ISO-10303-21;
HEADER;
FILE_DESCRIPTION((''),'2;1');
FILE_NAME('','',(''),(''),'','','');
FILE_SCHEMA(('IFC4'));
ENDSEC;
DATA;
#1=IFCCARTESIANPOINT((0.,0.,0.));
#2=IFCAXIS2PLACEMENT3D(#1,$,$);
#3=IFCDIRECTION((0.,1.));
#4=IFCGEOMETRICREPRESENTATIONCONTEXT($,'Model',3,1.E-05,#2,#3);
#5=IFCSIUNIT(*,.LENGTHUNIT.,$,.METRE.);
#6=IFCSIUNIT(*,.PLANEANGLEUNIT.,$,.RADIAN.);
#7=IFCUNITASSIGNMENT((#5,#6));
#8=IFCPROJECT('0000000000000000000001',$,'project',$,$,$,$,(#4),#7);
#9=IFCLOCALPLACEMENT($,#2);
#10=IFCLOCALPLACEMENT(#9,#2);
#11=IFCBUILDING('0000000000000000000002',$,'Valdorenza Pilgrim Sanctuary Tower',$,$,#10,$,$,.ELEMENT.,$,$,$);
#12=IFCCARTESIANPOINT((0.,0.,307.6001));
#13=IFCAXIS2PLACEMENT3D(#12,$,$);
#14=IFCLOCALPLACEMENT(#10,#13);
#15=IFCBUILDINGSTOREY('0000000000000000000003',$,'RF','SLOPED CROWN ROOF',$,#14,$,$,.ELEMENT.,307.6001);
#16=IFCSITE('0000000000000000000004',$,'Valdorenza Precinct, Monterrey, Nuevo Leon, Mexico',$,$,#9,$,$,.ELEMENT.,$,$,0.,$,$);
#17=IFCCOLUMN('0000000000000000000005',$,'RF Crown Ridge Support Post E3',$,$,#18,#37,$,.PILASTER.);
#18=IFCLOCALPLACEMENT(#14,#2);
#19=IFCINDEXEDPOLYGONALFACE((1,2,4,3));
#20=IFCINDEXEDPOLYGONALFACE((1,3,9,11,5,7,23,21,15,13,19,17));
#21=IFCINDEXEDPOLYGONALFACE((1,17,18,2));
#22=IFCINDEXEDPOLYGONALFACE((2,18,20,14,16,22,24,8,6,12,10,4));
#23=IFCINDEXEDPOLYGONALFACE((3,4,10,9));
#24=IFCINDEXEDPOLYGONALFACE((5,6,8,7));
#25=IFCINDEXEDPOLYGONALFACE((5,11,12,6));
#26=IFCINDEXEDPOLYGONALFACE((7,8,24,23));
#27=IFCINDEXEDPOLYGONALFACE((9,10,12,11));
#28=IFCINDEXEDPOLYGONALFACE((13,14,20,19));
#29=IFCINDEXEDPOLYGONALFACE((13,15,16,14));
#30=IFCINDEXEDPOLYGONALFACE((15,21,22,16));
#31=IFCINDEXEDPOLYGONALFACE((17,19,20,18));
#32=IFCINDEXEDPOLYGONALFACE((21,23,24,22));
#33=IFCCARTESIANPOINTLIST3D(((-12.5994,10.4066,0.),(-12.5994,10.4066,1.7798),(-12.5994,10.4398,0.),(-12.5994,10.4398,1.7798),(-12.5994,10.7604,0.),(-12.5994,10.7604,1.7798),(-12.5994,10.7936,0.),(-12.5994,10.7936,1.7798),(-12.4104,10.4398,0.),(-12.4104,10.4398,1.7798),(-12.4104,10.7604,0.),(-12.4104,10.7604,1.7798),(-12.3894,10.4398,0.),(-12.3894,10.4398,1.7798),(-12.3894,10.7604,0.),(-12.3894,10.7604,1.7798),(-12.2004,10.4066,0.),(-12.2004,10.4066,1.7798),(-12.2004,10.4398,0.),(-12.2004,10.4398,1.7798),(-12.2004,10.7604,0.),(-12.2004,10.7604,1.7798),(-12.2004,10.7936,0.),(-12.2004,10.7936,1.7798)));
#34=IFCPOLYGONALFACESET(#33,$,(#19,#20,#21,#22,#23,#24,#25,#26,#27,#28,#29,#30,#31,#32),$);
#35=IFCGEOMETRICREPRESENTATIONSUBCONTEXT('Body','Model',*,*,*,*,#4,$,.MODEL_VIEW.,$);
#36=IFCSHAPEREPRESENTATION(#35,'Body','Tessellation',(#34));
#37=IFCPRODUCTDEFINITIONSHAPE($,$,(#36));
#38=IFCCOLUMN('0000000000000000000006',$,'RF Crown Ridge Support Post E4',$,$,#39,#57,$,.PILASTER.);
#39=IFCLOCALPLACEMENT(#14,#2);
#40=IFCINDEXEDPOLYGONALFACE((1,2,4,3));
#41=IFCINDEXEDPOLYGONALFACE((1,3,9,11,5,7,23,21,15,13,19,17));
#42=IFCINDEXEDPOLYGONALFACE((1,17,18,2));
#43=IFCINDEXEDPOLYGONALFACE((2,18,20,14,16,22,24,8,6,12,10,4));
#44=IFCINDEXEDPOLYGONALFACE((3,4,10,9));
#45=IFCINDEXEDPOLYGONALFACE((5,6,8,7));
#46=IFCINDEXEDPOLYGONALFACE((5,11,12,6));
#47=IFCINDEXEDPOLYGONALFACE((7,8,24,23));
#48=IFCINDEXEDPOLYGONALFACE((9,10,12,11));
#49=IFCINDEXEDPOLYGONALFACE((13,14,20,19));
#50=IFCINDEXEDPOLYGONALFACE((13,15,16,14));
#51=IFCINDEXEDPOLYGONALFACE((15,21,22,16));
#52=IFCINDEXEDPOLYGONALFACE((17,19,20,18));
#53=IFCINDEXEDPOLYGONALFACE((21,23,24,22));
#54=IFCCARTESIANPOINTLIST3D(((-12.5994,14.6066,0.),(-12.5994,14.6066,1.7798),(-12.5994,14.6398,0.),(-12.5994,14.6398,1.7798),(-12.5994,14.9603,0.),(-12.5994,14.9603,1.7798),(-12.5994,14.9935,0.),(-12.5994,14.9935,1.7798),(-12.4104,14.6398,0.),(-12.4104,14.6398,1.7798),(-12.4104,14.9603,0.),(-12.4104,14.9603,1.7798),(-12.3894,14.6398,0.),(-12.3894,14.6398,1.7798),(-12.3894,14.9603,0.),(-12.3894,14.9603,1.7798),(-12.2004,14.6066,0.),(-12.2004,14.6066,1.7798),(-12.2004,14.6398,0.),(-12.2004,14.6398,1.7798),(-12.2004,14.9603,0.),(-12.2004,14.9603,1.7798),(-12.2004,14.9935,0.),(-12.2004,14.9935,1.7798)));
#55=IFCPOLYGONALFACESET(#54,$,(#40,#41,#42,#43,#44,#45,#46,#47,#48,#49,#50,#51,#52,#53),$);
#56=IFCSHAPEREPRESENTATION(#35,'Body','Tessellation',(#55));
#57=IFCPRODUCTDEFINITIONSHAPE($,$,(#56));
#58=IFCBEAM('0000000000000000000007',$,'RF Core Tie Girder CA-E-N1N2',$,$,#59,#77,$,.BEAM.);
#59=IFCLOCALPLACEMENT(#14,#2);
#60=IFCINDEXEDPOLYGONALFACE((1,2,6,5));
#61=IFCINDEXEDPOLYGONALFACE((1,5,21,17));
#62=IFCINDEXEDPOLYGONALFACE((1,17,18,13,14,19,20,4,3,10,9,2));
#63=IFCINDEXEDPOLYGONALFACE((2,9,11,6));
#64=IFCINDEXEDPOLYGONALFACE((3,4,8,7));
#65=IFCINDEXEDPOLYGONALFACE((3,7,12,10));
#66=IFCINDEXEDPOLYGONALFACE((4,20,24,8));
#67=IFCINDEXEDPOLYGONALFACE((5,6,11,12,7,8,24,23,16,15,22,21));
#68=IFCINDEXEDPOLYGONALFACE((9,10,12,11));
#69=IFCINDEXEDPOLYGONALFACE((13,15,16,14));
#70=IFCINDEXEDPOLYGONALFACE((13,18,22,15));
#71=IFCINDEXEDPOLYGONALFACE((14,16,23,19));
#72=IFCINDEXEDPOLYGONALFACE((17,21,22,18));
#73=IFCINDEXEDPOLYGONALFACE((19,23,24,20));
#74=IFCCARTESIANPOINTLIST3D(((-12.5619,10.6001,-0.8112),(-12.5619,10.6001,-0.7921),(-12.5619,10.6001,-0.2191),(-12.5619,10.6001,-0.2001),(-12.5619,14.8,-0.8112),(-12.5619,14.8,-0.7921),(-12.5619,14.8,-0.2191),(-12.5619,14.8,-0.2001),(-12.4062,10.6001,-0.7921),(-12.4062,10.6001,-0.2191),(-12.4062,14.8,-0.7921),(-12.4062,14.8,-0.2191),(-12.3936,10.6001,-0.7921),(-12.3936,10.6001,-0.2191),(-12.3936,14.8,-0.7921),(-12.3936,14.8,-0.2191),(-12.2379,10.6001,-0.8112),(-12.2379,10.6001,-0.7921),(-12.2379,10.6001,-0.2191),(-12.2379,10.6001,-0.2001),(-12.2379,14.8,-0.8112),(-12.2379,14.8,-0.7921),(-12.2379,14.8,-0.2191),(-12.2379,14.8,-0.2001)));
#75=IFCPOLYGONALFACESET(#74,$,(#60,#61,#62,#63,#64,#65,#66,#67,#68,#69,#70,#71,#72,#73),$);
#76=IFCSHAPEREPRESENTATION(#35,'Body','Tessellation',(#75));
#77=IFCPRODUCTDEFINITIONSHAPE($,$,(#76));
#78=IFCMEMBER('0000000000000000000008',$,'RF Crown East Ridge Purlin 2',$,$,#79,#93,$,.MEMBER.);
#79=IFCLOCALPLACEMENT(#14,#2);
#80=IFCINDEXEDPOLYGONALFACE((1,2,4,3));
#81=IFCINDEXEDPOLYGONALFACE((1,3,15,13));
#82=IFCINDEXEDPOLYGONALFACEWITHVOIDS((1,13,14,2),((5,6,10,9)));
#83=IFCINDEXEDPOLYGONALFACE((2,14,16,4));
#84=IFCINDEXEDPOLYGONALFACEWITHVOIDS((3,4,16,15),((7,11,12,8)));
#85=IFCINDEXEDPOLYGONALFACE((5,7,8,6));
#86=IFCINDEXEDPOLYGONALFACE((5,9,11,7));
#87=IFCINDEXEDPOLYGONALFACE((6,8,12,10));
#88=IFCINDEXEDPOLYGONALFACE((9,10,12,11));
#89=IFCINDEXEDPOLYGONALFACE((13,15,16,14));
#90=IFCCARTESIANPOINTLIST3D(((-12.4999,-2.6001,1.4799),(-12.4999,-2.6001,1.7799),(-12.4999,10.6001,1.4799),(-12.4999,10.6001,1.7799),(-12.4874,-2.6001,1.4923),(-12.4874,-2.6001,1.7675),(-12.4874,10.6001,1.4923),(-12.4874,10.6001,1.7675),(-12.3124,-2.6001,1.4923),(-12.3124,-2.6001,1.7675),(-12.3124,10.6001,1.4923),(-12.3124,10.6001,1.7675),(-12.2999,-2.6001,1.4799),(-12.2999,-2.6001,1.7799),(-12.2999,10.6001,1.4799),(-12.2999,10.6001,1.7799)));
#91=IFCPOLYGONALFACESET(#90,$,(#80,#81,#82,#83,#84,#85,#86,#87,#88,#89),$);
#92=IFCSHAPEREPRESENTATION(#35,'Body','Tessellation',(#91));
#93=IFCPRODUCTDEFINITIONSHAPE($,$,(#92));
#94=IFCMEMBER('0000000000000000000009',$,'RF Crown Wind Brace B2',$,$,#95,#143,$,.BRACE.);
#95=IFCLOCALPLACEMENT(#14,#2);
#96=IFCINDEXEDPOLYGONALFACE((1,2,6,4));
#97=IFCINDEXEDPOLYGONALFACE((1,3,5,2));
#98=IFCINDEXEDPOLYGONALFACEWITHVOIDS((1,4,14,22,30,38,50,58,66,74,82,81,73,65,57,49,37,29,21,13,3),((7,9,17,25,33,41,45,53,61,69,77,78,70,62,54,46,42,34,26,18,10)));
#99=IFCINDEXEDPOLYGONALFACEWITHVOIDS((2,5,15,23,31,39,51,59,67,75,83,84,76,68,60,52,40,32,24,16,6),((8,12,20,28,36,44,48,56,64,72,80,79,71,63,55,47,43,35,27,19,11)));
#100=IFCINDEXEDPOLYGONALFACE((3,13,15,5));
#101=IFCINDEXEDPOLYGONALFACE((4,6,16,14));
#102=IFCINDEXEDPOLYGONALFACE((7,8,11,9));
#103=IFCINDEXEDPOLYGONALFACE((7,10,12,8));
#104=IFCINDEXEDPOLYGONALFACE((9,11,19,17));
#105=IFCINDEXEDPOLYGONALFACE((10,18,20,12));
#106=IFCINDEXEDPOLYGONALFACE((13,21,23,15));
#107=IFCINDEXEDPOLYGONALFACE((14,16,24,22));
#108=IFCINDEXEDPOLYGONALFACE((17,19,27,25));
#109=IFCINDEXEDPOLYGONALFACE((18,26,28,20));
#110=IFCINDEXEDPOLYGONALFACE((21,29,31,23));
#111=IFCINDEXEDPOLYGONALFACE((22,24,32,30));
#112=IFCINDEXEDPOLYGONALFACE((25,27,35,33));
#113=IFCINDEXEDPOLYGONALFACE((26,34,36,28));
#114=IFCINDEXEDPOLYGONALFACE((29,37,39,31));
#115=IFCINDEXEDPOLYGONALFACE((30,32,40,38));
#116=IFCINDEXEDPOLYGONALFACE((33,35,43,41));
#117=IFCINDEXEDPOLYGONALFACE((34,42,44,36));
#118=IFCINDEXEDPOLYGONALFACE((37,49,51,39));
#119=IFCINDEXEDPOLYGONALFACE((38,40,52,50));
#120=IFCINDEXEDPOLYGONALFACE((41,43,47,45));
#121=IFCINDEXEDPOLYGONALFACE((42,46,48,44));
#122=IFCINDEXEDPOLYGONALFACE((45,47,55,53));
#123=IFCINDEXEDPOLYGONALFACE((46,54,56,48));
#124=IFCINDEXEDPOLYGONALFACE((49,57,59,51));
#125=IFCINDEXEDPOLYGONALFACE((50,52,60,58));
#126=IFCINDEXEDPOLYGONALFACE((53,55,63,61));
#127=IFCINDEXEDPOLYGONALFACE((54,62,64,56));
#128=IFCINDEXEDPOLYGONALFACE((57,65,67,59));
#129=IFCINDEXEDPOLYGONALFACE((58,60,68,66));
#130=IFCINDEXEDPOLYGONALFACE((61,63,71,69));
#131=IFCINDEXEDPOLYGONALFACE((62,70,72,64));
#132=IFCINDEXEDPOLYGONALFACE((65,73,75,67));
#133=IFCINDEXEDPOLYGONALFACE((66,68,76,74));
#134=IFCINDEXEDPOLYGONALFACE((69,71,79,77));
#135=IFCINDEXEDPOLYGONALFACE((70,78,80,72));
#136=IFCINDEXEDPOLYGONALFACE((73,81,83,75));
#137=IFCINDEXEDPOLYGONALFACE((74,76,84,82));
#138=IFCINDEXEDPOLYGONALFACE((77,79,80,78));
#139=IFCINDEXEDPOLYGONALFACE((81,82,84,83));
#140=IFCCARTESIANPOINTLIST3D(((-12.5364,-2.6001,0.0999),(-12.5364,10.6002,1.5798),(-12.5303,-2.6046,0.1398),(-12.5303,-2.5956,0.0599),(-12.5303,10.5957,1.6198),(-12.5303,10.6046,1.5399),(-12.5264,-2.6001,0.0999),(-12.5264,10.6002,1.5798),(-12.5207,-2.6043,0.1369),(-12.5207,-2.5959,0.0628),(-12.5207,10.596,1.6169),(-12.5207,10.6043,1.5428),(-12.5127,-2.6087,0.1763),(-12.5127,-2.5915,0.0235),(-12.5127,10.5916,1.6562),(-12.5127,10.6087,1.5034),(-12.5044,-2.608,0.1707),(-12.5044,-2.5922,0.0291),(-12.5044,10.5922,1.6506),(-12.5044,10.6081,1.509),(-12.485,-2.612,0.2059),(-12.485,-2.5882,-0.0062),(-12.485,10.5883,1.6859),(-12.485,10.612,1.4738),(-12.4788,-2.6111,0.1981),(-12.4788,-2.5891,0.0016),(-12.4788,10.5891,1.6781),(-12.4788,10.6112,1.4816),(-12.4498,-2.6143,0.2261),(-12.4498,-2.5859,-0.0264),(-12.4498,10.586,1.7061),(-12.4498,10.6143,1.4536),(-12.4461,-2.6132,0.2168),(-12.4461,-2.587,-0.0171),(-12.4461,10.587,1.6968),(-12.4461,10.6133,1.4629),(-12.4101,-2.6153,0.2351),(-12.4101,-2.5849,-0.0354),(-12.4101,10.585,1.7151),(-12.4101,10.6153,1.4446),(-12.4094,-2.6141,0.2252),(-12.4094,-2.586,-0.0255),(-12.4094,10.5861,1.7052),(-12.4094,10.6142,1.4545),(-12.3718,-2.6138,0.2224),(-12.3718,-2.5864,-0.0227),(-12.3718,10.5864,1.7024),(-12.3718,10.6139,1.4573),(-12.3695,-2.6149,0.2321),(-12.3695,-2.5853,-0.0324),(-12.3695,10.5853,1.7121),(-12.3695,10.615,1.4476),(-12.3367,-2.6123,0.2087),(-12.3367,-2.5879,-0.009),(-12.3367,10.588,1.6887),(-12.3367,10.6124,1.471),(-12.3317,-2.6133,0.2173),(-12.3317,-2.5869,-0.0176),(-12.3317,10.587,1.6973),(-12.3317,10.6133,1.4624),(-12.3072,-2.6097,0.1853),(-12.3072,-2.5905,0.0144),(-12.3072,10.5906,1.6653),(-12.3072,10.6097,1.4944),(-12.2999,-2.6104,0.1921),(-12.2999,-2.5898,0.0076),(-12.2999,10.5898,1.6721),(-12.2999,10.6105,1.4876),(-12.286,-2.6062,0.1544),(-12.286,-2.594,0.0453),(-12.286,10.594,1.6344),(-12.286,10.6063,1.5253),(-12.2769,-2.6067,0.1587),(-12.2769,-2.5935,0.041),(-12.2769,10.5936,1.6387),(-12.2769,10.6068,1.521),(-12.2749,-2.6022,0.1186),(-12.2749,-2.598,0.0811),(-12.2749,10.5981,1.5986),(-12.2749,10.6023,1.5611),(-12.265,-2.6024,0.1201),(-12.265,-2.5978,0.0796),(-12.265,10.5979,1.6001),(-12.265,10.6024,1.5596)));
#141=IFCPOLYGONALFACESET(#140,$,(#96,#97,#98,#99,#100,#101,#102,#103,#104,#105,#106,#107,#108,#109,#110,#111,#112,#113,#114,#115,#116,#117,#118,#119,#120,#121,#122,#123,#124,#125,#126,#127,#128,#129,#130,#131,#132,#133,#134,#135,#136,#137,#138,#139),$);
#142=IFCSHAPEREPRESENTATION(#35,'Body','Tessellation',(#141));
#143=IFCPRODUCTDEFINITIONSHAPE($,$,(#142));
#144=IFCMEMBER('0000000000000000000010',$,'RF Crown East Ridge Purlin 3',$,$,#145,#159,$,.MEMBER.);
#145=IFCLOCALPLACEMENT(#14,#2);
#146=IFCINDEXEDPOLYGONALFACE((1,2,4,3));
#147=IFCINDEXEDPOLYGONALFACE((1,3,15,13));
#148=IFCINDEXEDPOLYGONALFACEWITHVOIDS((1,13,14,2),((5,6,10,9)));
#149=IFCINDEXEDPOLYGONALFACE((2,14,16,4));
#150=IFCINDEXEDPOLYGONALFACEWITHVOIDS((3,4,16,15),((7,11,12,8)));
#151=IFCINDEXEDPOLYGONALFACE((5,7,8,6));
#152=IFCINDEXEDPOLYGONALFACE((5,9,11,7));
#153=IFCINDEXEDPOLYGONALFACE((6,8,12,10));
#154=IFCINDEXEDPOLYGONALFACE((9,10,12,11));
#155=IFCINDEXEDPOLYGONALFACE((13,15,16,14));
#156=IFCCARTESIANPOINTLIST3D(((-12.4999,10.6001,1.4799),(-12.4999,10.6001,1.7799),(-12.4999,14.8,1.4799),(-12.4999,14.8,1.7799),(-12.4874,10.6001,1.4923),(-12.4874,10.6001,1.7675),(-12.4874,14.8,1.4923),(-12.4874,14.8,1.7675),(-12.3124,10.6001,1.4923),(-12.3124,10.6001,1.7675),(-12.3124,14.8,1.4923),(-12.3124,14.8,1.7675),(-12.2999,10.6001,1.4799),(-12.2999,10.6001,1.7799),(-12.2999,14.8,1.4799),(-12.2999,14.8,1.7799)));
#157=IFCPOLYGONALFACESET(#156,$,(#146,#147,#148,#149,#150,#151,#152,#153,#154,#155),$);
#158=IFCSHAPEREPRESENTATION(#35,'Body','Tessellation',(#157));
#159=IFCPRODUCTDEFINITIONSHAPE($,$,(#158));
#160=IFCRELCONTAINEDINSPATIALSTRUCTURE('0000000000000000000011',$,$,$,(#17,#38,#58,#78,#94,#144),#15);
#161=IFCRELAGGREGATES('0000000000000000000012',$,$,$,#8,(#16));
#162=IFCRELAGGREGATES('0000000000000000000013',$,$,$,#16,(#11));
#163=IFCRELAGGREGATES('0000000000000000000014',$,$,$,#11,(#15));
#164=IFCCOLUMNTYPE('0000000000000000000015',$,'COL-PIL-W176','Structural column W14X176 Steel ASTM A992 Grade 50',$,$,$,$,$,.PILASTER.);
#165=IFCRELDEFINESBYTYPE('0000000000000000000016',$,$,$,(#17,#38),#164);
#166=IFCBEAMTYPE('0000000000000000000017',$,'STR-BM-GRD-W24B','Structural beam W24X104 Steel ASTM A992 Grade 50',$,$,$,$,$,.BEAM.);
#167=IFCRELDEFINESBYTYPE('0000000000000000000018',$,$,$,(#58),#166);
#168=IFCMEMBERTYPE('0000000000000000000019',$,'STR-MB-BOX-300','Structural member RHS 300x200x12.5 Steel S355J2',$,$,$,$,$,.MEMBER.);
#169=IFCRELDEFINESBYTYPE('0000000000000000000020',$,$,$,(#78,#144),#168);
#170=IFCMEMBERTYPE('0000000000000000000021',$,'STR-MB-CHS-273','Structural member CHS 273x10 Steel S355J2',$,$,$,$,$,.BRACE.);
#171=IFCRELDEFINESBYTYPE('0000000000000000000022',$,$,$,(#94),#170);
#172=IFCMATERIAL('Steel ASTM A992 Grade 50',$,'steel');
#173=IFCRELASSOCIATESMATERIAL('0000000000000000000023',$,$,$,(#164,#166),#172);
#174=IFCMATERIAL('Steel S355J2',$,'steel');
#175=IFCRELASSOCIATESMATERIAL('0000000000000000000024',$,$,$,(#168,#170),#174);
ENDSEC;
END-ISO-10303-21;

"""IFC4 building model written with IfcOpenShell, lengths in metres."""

from ifc_helpers import new_model, si_unit, direction, frame, origin, origin_2d, place, context, subcontext, project, spatial, hollow_rectangle, hollow_circle, i_section, extrude, source, transform, mapped, material, material_profile, profile_set, type_object, element, save


model = new_model("IFC4")

# Units and contexts
model_context = context("Model", 3, precision=1e-05, world=origin(), true_north=direction((0.0, 1.0)))
body_context = subcontext(model_context, "Body", "Model", "MODEL_VIEW")
ifc_project = project(units=[si_unit("LENGTHUNIT", "METRE"), si_unit("PLANEANGLEUNIT", "RADIAN")], contexts=[model_context])

# Site, building, storey
site_placement = place(None, origin())
site = spatial("IfcSite", under=ifc_project, at=site_placement, Name="Valdorenza Precinct, Monterrey, Nuevo Leon, Mexico", CompositionType="ELEMENT", RefElevation=0.0)
building_placement = place(site_placement, origin())
building = spatial("IfcBuilding", under=site, at=building_placement, Name="Valdorenza Pilgrim Sanctuary Tower", CompositionType="ELEMENT")
storey_placement = place(building_placement, frame((0.0, 0.0, 307.6001)))
storey = spatial("IfcBuildingStorey", under=building, at=storey_placement, Name="RF", Description="SLOPED CROWN ROOF", CompositionType="ELEMENT", Elevation=307.6001)

# Columns
ifc_material_1 = material(Name="Steel ASTM A992 Grade 50", Category="steel")
ifc_material_profile_1 = material_profile(ifc_material_1, i_section(OverallWidth=0.3989, OverallDepth=0.387, WebThickness=0.021, FlangeThickness=0.0332, at=origin_2d()), Name="W14X176")
ifc_profile_set_1 = profile_set([ifc_material_profile_1], Name="Steel ASTM A992 Grade 50")
column_type = type_object("IfcColumnType", Name="COL-PIL-W176", Description="Structural column W14X176 Steel ASTM A992 Grade 50", PredefinedType="PILASTER", material=ifc_profile_set_1)
shared_shape_1 = source(origin(), body_context, "Body", "SweptSolid", [
    extrude(i_section(OverallWidth=0.3989, OverallDepth=0.387, WebThickness=0.021, FlangeThickness=0.0332, at=origin_2d()), origin(), (0.0, 0.0, 1.0), 1.7798),
])
for number, where, z_axis, x_axis, name in (
    (1, (-12.3999, 10.6001, 0.0), (0.0, 0.0, 1.0), (1.0, 0.0, 0.0), "RF Crown Ridge Support Post E3"),
    (2, (-12.3999, 14.8, 0.0), (0.0, 0.0, 1.0), (1.0, 0.0, 0.0), "RF Crown Ridge Support Post E4"),
):
    element("IfcColumn", number, at=place(storey_placement, frame(where, z_axis=z_axis, x_axis=x_axis)), inside=storey, type_object=column_type, Name=name, PredefinedType="PILASTER", context=body_context, shape_type="MappedRepresentation", body=[
        mapped(shared_shape_1, transform((0.0, 0.0, 0.0), x_axis=(1.0, 0.0, 0.0), y_axis=(0.0, 1.0, 0.0), z_axis=(0.0, 0.0, 1.0), scale=1.0)),
    ])

# Beam
ifc_material_profile_2 = material_profile(ifc_material_1, i_section(OverallWidth=0.324, OverallDepth=0.6111, WebThickness=0.0127, FlangeThickness=0.019, at=origin_2d()), Name="W24X104")
ifc_profile_set_2 = profile_set([ifc_material_profile_2], Name="Steel ASTM A992 Grade 50")
beam_type = type_object("IfcBeamType", Name="STR-BM-GRD-W24B", Description="Structural beam W24X104 Steel ASTM A992 Grade 50", PredefinedType="BEAM", material=ifc_profile_set_2)
shared_shape_2 = source(origin(), body_context, "Body", "SweptSolid", [
    extrude(i_section(OverallWidth=0.324, OverallDepth=0.6111, WebThickness=0.0127, FlangeThickness=0.019, at=origin_2d()), origin(), (0.0, 0.0, 1.0), 4.2),
])
beam_placement = place(storey_placement, frame((-12.3999, 10.6001, -0.5056), z_axis=(0.0, 1.0, 0.0), x_axis=(-1.0, 0.0, 0.0)))
element("IfcBeam", 3, at=beam_placement, inside=storey, type_object=beam_type, Name="RF Core Tie Girder CA-E-N1N2", PredefinedType="BEAM", context=body_context, shape_type="MappedRepresentation", body=[
    mapped(shared_shape_2, transform((0.0, 0.0, 0.0), x_axis=(1.0, 0.0, 0.0), y_axis=(0.0, 1.0, 0.0), z_axis=(0.0, 0.0, 1.0), scale=1.0)),
])

# Members
ifc_material_2 = material(Name="Steel S355J2", Category="steel")
ifc_material_profile_3 = material_profile(ifc_material_2, hollow_rectangle(XDim=0.2, YDim=0.3, WallThickness=0.0125, at=origin_2d()), Name="RHS 300x200x12.5")
ifc_profile_set_3 = profile_set([ifc_material_profile_3], Name="Steel S355J2")
member_type_1 = type_object("IfcMemberType", Name="STR-MB-BOX-300", Description="Structural member RHS 300x200x12.5 Steel S355J2", PredefinedType="MEMBER", material=ifc_profile_set_3)
shared_shape_3 = source(origin(), body_context, "Body", "SweptSolid", [
    extrude(hollow_rectangle(XDim=0.2, YDim=0.3, WallThickness=0.0125, at=origin_2d()), origin(), (0.0, 0.0, 1.0), 13.2002),
])
member_1_placement = place(storey_placement, frame((-12.3999, -2.6001, 1.6299), z_axis=(0.0, 1.0, 0.0), x_axis=(-1.0, 0.0, 0.0)))
element("IfcMember", 4, at=member_1_placement, inside=storey, type_object=member_type_1, Name="RF Crown East Ridge Purlin 2", PredefinedType="MEMBER", context=body_context, shape_type="MappedRepresentation", body=[
    mapped(shared_shape_3, transform((0.0, 0.0, 0.0), x_axis=(1.0, 0.0, 0.0), y_axis=(0.0, 1.0, 0.0), z_axis=(0.0, 0.0, 1.0), scale=1.0)),
])
ifc_material_profile_4 = material_profile(ifc_material_2, hollow_circle(Radius=0.1365, WallThickness=0.01, at=origin_2d()), Name="CHS 273x10")
ifc_profile_set_4 = profile_set([ifc_material_profile_4], Name="Steel S355J2")
member_type_2 = type_object("IfcMemberType", Name="STR-MB-CHS-273", Description="Structural member CHS 273x10 Steel S355J2", PredefinedType="BRACE", material=ifc_profile_set_4)
shared_shape_4 = source(origin(), body_context, "Body", "SweptSolid", [
    extrude(hollow_circle(Radius=0.1365, WallThickness=0.01, at=origin_2d()), origin(), (0.0, 0.0, 1.0), 13.283),
])
member_2_placement = place(storey_placement, frame((-12.3999, -2.6001, 0.0999), z_axis=(0.0, 0.993773, 0.11142), x_axis=(-1.0, 0.0, 0.0)))
element("IfcMember", 5, at=member_2_placement, inside=storey, type_object=member_type_2, Name="RF Crown Wind Brace B2", PredefinedType="BRACE", context=body_context, shape_type="MappedRepresentation", body=[
    mapped(shared_shape_4, transform((0.0, 0.0, 0.0), x_axis=(1.0, 0.0, 0.0), y_axis=(0.0, 1.0, 0.0), z_axis=(0.0, 0.0, 1.0), scale=1.0)),
])
shared_shape_5 = source(origin(), body_context, "Body", "SweptSolid", [
    extrude(hollow_rectangle(XDim=0.2, YDim=0.3, WallThickness=0.0125, at=origin_2d()), origin(), (0.0, 0.0, 1.0), 4.2),
])
member_3_placement = place(storey_placement, frame((-12.3999, 10.6001, 1.6299), z_axis=(0.0, 1.0, 0.0), x_axis=(-1.0, 0.0, 0.0)))
element("IfcMember", 6, at=member_3_placement, inside=storey, type_object=member_type_1, Name="RF Crown East Ridge Purlin 3", PredefinedType="MEMBER", context=body_context, shape_type="MappedRepresentation", body=[
    mapped(shared_shape_5, transform((0.0, 0.0, 0.0), x_axis=(1.0, 0.0, 0.0), y_axis=(0.0, 1.0, 0.0), z_axis=(0.0, 0.0, 1.0), scale=1.0)),
])

save(model, "model.ifc")
